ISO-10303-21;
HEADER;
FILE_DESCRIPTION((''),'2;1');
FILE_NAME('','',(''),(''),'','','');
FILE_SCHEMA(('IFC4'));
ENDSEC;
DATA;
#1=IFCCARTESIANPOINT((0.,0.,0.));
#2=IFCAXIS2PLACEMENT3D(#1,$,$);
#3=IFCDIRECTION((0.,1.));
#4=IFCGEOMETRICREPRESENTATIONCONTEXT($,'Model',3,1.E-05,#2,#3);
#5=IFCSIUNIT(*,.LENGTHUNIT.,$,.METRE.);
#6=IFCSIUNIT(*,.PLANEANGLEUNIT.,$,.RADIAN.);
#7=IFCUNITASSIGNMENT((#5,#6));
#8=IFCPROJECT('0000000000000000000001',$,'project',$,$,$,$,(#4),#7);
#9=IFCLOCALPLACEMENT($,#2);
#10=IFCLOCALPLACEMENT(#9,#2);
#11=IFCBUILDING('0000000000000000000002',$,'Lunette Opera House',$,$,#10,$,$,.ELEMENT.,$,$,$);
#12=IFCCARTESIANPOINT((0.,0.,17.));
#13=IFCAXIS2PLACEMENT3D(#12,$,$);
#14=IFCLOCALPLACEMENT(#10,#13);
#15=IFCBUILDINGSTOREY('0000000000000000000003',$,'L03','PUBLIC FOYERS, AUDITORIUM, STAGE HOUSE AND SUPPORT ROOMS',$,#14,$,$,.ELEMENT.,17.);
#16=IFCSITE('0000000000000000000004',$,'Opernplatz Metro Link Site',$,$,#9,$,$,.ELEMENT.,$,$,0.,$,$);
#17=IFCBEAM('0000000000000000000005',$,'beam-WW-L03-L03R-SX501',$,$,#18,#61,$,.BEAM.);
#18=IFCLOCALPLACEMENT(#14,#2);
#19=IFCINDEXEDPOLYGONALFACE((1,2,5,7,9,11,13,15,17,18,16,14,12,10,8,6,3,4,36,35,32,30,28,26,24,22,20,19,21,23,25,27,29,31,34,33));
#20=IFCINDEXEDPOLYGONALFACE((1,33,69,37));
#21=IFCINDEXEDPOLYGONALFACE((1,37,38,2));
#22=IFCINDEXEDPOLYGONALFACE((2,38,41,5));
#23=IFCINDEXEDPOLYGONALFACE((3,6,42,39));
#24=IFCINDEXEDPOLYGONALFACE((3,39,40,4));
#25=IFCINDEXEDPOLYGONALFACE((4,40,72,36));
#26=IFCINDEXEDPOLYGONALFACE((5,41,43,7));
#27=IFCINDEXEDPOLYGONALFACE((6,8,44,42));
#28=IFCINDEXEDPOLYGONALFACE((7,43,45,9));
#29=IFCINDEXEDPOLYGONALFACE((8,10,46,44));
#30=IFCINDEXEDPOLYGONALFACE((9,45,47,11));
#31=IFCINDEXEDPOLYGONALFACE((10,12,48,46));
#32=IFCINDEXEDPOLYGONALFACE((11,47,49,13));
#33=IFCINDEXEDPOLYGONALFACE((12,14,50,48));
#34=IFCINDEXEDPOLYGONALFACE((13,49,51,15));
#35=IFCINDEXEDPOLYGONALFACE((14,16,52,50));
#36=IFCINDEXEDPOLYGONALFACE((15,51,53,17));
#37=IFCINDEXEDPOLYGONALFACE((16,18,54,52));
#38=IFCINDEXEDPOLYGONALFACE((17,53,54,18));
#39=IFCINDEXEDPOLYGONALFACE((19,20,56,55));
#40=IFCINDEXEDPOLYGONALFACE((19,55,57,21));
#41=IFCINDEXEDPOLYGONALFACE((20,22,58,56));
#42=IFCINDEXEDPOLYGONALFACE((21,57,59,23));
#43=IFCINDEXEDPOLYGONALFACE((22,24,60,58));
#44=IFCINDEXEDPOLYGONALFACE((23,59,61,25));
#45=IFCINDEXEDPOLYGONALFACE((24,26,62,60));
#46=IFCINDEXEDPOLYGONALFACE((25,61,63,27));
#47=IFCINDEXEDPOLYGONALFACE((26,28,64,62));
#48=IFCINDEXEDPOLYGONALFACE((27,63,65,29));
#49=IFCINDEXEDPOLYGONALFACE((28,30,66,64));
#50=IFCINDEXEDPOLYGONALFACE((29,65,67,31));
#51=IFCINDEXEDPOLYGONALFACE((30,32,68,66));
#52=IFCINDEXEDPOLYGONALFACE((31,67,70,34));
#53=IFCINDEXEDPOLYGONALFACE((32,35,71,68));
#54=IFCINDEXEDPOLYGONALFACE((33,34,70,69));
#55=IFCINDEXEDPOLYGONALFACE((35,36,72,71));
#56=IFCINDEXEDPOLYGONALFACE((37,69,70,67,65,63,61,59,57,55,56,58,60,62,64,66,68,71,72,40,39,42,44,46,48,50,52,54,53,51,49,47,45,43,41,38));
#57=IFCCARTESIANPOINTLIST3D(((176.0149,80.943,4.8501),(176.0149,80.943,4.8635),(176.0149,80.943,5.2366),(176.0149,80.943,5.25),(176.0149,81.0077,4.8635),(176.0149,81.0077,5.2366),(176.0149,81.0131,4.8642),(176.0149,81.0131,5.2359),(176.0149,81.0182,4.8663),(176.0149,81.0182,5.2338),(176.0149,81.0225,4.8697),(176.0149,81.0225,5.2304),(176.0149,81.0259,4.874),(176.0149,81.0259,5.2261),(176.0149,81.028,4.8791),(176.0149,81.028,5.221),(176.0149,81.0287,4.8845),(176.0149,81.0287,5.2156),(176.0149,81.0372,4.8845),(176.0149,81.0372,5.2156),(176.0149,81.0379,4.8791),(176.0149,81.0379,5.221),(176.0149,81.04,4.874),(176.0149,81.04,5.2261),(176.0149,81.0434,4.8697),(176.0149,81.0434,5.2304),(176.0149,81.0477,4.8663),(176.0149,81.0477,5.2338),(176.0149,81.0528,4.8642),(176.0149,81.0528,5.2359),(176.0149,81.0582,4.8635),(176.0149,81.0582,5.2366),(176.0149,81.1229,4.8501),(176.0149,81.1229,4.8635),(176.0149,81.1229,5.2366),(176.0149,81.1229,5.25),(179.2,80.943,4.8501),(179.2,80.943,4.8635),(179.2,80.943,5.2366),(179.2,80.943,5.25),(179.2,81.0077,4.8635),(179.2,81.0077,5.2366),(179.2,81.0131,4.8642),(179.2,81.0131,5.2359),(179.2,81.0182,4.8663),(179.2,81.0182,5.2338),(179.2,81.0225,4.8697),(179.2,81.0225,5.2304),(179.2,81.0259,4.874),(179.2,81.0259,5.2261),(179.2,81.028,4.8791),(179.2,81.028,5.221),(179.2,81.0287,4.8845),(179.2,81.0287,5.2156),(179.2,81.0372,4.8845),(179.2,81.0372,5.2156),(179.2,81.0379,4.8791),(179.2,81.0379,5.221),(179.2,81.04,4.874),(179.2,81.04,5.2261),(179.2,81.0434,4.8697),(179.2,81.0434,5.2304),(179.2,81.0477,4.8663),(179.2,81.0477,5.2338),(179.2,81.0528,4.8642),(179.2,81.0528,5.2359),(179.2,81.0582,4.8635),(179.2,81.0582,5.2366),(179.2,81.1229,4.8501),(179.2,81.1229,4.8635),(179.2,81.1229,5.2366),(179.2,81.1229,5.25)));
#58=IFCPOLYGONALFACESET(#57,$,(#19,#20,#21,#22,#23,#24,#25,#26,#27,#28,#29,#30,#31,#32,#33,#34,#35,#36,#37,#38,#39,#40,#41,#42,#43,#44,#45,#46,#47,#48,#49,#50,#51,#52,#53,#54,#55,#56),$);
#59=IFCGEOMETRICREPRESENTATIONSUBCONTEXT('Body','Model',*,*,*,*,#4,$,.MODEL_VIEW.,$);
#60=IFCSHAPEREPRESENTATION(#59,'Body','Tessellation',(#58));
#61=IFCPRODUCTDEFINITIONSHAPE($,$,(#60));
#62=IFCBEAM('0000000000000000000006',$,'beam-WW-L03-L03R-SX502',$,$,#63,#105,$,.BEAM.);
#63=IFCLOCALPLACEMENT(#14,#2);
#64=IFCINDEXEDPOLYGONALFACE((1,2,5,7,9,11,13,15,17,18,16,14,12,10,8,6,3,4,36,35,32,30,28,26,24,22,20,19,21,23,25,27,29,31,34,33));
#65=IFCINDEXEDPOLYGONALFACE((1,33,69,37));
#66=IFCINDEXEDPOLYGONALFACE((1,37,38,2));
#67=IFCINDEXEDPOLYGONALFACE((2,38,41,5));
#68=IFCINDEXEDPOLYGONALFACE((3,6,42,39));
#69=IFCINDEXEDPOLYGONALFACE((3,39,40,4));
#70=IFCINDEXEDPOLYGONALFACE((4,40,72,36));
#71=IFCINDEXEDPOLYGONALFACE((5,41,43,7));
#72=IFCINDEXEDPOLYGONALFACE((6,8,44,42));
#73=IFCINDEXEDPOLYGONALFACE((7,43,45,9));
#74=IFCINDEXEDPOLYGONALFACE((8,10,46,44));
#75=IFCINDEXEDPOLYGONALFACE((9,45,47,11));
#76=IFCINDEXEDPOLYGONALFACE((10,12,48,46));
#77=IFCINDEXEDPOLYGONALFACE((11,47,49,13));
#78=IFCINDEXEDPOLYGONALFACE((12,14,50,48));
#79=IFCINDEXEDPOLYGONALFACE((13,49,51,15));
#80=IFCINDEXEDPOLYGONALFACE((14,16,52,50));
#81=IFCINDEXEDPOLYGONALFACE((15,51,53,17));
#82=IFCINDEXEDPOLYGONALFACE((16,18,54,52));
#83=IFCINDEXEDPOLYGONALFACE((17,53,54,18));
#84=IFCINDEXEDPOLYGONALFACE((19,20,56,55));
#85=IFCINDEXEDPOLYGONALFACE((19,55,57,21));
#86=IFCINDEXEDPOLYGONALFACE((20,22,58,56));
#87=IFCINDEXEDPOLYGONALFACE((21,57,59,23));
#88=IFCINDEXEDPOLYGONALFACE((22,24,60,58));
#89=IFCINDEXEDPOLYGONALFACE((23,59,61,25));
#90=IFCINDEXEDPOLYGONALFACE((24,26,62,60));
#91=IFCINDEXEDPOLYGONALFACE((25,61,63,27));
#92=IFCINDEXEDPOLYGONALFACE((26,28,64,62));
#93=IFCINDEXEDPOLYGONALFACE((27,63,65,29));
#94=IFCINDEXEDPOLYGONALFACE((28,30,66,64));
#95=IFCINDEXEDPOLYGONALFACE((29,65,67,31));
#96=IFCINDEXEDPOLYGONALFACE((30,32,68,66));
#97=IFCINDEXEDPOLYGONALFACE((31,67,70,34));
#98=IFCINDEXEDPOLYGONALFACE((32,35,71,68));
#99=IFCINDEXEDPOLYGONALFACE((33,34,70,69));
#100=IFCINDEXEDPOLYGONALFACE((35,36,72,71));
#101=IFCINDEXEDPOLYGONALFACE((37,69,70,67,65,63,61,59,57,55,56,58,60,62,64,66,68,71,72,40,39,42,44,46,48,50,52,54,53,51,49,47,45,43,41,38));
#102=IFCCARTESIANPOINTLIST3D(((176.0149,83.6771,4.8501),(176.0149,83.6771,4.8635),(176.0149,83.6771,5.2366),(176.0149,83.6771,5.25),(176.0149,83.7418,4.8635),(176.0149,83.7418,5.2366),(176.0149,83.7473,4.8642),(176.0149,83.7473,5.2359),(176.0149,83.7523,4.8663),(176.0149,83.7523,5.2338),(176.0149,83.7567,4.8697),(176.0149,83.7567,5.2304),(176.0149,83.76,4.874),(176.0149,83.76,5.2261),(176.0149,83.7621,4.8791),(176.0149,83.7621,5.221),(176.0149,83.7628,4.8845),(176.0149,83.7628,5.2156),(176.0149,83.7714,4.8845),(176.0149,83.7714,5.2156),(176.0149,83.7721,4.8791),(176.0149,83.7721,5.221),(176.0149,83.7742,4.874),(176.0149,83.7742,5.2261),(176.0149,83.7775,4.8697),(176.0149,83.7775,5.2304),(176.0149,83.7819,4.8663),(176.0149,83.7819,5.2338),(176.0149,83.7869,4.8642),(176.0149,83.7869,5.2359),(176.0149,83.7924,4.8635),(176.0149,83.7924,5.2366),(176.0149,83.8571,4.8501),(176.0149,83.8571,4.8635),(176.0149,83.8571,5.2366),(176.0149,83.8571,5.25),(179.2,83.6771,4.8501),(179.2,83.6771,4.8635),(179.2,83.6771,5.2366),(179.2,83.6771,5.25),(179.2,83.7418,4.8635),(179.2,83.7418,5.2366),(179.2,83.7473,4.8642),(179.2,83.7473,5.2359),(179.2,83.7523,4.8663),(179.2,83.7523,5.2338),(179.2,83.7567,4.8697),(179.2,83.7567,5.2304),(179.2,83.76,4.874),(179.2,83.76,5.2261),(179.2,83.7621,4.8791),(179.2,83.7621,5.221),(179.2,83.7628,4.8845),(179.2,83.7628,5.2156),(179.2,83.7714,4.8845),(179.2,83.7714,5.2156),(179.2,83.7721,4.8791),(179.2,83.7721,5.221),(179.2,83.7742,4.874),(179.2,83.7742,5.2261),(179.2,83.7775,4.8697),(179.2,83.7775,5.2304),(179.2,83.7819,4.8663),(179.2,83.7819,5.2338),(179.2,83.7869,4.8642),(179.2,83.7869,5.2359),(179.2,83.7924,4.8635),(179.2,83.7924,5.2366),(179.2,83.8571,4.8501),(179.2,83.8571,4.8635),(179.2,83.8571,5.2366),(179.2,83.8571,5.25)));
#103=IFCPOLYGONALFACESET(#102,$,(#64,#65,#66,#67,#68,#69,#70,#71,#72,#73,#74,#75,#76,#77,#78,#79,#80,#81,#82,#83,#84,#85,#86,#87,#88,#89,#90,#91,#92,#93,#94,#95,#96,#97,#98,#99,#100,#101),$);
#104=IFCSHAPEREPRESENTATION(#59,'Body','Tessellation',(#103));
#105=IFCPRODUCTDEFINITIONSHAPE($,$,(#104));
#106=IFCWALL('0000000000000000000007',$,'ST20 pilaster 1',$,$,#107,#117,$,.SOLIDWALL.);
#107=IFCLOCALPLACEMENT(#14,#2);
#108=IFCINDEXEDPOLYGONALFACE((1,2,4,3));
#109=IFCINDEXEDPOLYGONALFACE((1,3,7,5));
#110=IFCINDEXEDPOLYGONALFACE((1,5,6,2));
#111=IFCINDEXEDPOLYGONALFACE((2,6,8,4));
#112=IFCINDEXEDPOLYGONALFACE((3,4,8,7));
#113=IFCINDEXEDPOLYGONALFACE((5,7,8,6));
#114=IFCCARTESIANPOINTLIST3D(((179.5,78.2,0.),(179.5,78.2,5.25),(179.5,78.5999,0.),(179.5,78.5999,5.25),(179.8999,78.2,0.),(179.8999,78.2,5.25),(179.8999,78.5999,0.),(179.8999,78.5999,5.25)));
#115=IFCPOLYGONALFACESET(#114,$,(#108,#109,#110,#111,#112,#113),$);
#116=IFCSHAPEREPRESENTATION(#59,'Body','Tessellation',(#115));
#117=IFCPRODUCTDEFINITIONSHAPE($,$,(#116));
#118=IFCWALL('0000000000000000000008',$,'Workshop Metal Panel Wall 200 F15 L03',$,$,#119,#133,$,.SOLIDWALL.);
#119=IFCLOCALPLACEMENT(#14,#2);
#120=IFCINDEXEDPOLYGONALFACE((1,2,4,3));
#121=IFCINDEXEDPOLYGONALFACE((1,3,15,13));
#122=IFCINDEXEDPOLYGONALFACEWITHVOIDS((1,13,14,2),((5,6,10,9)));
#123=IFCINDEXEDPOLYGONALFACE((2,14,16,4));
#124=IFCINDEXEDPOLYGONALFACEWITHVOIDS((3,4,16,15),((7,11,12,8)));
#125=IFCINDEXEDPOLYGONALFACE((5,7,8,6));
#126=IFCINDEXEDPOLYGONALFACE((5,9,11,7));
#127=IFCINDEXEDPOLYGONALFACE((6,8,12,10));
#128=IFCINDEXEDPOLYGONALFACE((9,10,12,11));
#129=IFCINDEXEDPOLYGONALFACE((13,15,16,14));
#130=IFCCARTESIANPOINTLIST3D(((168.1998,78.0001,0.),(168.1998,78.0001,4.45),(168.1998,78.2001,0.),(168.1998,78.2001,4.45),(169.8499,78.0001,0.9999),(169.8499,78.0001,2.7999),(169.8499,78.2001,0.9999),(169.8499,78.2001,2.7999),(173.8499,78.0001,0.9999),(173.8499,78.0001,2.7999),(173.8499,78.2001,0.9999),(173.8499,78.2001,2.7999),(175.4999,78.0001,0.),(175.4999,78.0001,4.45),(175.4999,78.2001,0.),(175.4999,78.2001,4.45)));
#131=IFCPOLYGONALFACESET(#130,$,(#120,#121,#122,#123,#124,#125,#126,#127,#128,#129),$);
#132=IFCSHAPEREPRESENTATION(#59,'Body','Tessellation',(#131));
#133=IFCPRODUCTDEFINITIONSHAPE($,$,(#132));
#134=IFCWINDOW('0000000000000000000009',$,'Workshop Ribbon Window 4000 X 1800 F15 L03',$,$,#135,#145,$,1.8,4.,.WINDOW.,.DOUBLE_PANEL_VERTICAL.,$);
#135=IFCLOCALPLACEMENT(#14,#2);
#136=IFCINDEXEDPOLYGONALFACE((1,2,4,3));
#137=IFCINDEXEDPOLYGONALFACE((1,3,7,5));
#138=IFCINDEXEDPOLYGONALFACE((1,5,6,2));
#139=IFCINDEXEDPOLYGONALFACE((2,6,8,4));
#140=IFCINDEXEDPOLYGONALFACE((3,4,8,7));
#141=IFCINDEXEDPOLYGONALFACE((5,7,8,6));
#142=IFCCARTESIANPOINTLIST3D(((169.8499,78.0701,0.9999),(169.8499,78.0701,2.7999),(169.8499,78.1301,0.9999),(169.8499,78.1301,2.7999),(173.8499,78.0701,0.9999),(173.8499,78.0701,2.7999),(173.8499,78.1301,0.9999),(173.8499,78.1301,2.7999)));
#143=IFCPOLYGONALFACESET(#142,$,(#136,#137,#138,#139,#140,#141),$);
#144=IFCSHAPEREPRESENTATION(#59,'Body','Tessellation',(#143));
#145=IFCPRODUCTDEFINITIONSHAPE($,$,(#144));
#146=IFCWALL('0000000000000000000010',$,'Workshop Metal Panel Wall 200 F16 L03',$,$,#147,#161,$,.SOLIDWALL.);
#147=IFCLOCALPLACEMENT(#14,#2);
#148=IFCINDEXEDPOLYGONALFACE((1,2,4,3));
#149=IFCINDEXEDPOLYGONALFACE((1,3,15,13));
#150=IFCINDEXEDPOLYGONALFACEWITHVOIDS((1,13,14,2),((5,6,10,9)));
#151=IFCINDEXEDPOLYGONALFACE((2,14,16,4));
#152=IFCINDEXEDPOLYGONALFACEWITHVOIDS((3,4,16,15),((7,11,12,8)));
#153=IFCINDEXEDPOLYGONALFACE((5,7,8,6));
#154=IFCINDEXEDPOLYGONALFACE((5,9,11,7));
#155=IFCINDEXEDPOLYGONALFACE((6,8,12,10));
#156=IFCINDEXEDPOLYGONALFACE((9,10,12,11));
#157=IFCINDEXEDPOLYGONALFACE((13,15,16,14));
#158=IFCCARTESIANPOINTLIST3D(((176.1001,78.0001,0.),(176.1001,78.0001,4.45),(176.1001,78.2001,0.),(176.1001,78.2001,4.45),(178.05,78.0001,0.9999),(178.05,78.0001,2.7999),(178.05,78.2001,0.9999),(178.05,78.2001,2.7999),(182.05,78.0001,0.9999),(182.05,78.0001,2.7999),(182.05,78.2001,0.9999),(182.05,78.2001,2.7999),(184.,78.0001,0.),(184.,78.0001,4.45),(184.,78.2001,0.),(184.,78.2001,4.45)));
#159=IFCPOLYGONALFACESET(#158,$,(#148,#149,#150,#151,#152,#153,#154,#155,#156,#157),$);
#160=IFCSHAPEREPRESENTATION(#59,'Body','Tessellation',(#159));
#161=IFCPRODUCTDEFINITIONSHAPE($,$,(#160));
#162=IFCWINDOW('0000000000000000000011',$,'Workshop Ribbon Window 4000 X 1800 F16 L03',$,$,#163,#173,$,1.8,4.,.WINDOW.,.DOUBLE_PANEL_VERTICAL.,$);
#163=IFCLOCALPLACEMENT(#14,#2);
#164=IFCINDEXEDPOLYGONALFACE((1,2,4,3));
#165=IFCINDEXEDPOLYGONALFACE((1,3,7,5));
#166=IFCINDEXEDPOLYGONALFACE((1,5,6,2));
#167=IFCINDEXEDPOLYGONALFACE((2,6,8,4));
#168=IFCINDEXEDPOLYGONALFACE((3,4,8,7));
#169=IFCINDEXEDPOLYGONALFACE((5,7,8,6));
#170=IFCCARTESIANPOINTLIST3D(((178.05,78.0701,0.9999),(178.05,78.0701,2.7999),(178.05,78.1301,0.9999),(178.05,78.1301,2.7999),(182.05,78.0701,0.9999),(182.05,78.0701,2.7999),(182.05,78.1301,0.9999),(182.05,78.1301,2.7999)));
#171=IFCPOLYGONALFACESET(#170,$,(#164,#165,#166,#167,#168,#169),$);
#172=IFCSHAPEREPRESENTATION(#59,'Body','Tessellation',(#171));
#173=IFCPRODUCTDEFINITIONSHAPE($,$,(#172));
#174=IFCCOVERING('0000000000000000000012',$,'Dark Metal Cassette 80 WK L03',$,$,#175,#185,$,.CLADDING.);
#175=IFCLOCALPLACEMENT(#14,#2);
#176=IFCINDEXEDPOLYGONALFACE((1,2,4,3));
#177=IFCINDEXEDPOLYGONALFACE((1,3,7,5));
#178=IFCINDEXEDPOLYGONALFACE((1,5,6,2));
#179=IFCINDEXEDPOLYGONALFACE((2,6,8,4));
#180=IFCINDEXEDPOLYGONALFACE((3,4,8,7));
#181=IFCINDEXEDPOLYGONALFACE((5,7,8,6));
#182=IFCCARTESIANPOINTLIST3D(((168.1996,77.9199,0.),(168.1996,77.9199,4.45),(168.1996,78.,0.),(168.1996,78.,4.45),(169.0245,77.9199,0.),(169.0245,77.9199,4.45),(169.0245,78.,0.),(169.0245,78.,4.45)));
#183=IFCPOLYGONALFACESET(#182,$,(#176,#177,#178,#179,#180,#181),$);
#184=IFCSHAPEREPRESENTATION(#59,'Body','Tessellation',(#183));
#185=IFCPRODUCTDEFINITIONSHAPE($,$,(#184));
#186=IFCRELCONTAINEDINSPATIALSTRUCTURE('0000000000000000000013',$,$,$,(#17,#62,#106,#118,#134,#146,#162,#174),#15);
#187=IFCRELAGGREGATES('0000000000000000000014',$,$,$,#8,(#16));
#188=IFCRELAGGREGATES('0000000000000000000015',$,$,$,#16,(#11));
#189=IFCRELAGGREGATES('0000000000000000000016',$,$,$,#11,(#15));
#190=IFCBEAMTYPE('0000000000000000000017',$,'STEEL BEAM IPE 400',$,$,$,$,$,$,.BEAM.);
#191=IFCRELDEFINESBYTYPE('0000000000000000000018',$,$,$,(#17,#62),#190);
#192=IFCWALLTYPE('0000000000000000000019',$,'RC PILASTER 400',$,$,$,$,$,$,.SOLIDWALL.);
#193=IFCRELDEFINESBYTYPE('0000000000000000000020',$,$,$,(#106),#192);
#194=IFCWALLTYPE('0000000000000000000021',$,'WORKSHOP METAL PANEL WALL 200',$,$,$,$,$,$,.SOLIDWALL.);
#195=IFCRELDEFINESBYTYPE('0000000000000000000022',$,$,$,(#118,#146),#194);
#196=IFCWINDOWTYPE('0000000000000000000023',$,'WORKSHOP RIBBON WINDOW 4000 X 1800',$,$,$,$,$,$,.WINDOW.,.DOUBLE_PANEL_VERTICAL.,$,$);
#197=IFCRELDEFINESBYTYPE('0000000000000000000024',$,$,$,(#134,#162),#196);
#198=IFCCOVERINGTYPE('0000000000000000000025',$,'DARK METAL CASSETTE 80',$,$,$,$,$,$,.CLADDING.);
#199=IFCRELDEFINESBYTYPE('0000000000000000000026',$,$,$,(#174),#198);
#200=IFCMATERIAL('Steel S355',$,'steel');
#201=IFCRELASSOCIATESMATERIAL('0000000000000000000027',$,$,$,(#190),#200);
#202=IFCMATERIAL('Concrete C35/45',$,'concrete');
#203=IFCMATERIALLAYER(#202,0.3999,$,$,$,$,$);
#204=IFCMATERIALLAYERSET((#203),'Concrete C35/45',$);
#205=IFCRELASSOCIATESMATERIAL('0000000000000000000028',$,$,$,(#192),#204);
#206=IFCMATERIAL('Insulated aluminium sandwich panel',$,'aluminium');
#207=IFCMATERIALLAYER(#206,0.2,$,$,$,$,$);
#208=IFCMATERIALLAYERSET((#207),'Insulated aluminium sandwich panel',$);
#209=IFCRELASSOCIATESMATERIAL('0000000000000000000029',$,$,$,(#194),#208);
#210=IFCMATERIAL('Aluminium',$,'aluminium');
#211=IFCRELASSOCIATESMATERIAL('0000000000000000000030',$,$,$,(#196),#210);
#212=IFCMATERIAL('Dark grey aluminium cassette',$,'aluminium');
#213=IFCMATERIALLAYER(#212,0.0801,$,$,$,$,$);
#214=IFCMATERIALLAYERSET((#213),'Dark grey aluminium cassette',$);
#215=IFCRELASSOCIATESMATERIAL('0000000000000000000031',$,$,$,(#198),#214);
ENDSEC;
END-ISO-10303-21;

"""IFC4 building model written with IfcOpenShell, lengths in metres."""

from ifc_helpers import new_model, si_unit, direction, frame, frame_2d, origin, origin_2d, place, context, subcontext, project, spatial, rectangle, i_section, extrude, material, layer, layer_set, material_profile, profile_set, type_object, element, fill, save


model = new_model("IFC4")

# Units and contexts
model_context = context("Model", 3, precision=1e-05, world=origin(), true_north=direction((0.0, 1.0)))
body_context = subcontext(model_context, "Body", "Model", "MODEL_VIEW")
ifc_project = project(units=[si_unit("LENGTHUNIT", "METRE"), si_unit("PLANEANGLEUNIT", "RADIAN")], contexts=[model_context])

# Site, building, storey
site_placement = place(None, origin())
site = spatial("IfcSite", under=ifc_project, at=site_placement, Name="Opernplatz Metro Link Site", CompositionType="ELEMENT", RefElevation=0.0)
building_placement = place(site_placement, origin())
building = spatial("IfcBuilding", under=site, at=building_placement, Name="Lunette Opera House", CompositionType="ELEMENT")
storey_placement = place(building_placement, frame((0.0, 0.0, 17.0)))
storey = spatial("IfcBuildingStorey", under=building, at=storey_placement, Name="L03", Description="PUBLIC FOYERS, AUDITORIUM, STAGE HOUSE AND SUPPORT ROOMS", CompositionType="ELEMENT", Elevation=17.0)

# Beams
ifc_material_1 = material(Name="Steel S355", Category="steel")
ifc_material_profile_1 = material_profile(ifc_material_1, i_section(OverallWidth=0.1799, OverallDepth=0.3999, WebThickness=0.0085, FlangeThickness=0.0134, FilletRadius=0.021, at=origin_2d()), Name="IPE 400")
ifc_profile_set_1 = profile_set([ifc_material_profile_1], Name="Steel S355")
beam_type_1 = type_object("IfcBeamType", Name="STEEL BEAM IPE 400", PredefinedType="BEAM", material=ifc_profile_set_1)
for number, where, z_axis, x_axis, name in (
    (1, (176.0149, 81.033, 5.05), (1.0, 0.0, 0.0), (0.0, 1.0, 0.0), "beam-WW-L03-L03R-SX501"),
    (2, (176.0149, 83.7671, 5.05), (1.0, 0.0, 0.0), (0.0, 1.0, 0.0), "beam-WW-L03-L03R-SX502"),
):
    element("IfcBeam", number, at=place(storey_placement, frame(where, z_axis=z_axis, x_axis=x_axis)), inside=storey, type_object=beam_type_1, Name=name, PredefinedType="BEAM", context=body_context, shape_type="SweptSolid", body=[
        extrude(i_section(OverallWidth=0.1799, OverallDepth=0.3999, WebThickness=0.0085, FlangeThickness=0.0134, FilletRadius=0.021, at=origin_2d()), origin(), (0.0, 0.0, 1.0), 3.1851),
    ])

# Wall
ifc_material_2 = material(Name="Concrete C35/45", Category="concrete")
ifc_layer_1 = layer(ifc_material_2, 0.3999)
ifc_layer_set_1 = layer_set([ifc_layer_1], Name="Concrete C35/45")
wall_type_1 = type_object("IfcWallType", Name="RC PILASTER 400", PredefinedType="SOLIDWALL", material=ifc_layer_set_1)
wall_1_placement = place(storey_placement, frame((179.5, 78.3999, 0.0), z_axis=(0.0, 0.0, 1.0), x_axis=(1.0, 0.0, 0.0)))
element("IfcWall", 3, at=wall_1_placement, inside=storey, type_object=wall_type_1, Name="ST20 pilaster 1", PredefinedType="SOLIDWALL", context=body_context, shape_type="SweptSolid", body=[
    extrude(rectangle(XDim=0.3999, YDim=0.3999, at=frame_2d((0.2, 0.0))), origin(), (0.0, 0.0, 1.0), 5.25),
])

# Walls, openings, windows
ifc_material_3 = material(Name="Insulated aluminium sandwich panel", Category="aluminium")
ifc_layer_2 = layer(ifc_material_3, 0.2)
ifc_layer_set_2 = layer_set([ifc_layer_2], Name="Insulated aluminium sandwich panel")
wall_type_2 = type_object("IfcWallType", Name="WORKSHOP METAL PANEL WALL 200", PredefinedType="SOLIDWALL", material=ifc_layer_set_2)
wall_2_placement = place(storey_placement, frame((168.2, 78.1001, 0.0), z_axis=(0.0, 0.0, 1.0), x_axis=(1.0, 0.0, 0.0)))
wall_2 = element("IfcWall", 4, at=wall_2_placement, inside=storey, type_object=wall_type_2, Name="Workshop Metal Panel Wall 200 F15 L03", PredefinedType="SOLIDWALL", context=body_context, shape_type="SweptSolid", body=[
    extrude(rectangle(XDim=7.3, YDim=0.2, at=frame_2d((3.6499, 0.0))), origin(), (0.0, 0.0, 1.0), 4.45),
])
opening_1_placement = place(wall_2_placement, frame((1.6499, 0.0, 1.0)))
opening_1 = element("IfcOpeningElement", 5, at=opening_1_placement, cuts=wall_2, PredefinedType="OPENING", context=body_context, shape_type="SweptSolid", body=[
    extrude(rectangle(XDim=4.0, YDim=1.8, at=frame_2d((2.0, 0.8999))), frame((0.0, 0.1121, 0.0), z_axis=(0.0, -1.0, 0.0), x_axis=(1.0, 0.0, 0.0)), (0.0, 0.0, 1.0), 0.2239),
])
ifc_material_4 = material(Name="Aluminium", Category="aluminium")
window_type = type_object("IfcWindowType", Name="WORKSHOP RIBBON WINDOW 4000 X 1800", PartitioningType="DOUBLE_PANEL_VERTICAL", PredefinedType="WINDOW", material=ifc_material_4)
window_1_placement = place(opening_1_placement, origin())
window_1 = element("IfcWindow", 6, at=window_1_placement, inside=storey, type_object=window_type, Name="Workshop Ribbon Window 4000 X 1800 F15 L03", OverallHeight=1.8, OverallWidth=4.0, PartitioningType="DOUBLE_PANEL_VERTICAL", PredefinedType="WINDOW", context=body_context, shape_type="SweptSolid", body=[
    extrude(rectangle(XDim=4.0, YDim=1.8, at=frame_2d((2.0, 0.8999))), frame((0.0, 0.03, 0.0), z_axis=(0.0, -1.0, 0.0), x_axis=(1.0, 0.0, 0.0)), (0.0, 0.0, 1.0), 0.0601),
])
fill(opening_1, window_1)
wall_3_placement = place(storey_placement, frame((176.1001, 78.1001, 0.0), z_axis=(0.0, 0.0, 1.0), x_axis=(1.0, 0.0, 0.0)))
wall_3 = element("IfcWall", 7, at=wall_3_placement, inside=storey, type_object=wall_type_2, Name="Workshop Metal Panel Wall 200 F16 L03", PredefinedType="SOLIDWALL", context=body_context, shape_type="SweptSolid", body=[
    extrude(rectangle(XDim=7.8999, YDim=0.2, at=frame_2d((3.95, 0.0))), origin(), (0.0, 0.0, 1.0), 4.45),
])
opening_2_placement = place(wall_3_placement, frame((1.95, 0.0, 1.0)))
opening_2 = element("IfcOpeningElement", 8, at=opening_2_placement, cuts=wall_3, PredefinedType="OPENING", context=body_context, shape_type="SweptSolid", body=[
    extrude(rectangle(XDim=4.0, YDim=1.8, at=frame_2d((2.0, 0.8999))), frame((0.0, 0.1121, 0.0), z_axis=(0.0, -1.0, 0.0), x_axis=(1.0, 0.0, 0.0)), (0.0, 0.0, 1.0), 0.2239),
])
window_2_placement = place(opening_2_placement, origin())
window_2 = element("IfcWindow", 9, at=window_2_placement, inside=storey, type_object=window_type, Name="Workshop Ribbon Window 4000 X 1800 F16 L03", OverallHeight=1.8, OverallWidth=4.0, PartitioningType="DOUBLE_PANEL_VERTICAL", PredefinedType="WINDOW", context=body_context, shape_type="SweptSolid", body=[
    extrude(rectangle(XDim=4.0, YDim=1.8, at=frame_2d((2.0, 0.8999))), frame((0.0, 0.03, 0.0), z_axis=(0.0, -1.0, 0.0), x_axis=(1.0, 0.0, 0.0)), (0.0, 0.0, 1.0), 0.0601),
])
fill(opening_2, window_2)

# Covering
ifc_material_5 = material(Name="Dark grey aluminium cassette", Category="aluminium")
ifc_layer_3 = layer(ifc_material_5, 0.0801)
ifc_layer_set_3 = layer_set([ifc_layer_3], Name="Dark grey aluminium cassette")
covering_type = type_object("IfcCoveringType", Name="DARK METAL CASSETTE 80", PredefinedType="CLADDING", material=ifc_layer_set_3)
for number, where, z_axis, x_axis, name in (
    (10, (168.6121, 77.96, 0.0), (0.0, 0.0, 1.0), (1.0, 0.0, 0.0), "Dark Metal Cassette 80 WK L03"),
):
    element("IfcCovering", number, at=place(storey_placement, frame(where, z_axis=z_axis, x_axis=x_axis)), inside=storey, type_object=covering_type, Name=name, PredefinedType="CLADDING", context=body_context, shape_type="SweptSolid", body=[
        extrude(rectangle(XDim=0.825, YDim=0.0801, at=origin_2d()), origin(), (0.0, 0.0, 1.0), 4.45),
    ])

save(model, "model.ifc")
